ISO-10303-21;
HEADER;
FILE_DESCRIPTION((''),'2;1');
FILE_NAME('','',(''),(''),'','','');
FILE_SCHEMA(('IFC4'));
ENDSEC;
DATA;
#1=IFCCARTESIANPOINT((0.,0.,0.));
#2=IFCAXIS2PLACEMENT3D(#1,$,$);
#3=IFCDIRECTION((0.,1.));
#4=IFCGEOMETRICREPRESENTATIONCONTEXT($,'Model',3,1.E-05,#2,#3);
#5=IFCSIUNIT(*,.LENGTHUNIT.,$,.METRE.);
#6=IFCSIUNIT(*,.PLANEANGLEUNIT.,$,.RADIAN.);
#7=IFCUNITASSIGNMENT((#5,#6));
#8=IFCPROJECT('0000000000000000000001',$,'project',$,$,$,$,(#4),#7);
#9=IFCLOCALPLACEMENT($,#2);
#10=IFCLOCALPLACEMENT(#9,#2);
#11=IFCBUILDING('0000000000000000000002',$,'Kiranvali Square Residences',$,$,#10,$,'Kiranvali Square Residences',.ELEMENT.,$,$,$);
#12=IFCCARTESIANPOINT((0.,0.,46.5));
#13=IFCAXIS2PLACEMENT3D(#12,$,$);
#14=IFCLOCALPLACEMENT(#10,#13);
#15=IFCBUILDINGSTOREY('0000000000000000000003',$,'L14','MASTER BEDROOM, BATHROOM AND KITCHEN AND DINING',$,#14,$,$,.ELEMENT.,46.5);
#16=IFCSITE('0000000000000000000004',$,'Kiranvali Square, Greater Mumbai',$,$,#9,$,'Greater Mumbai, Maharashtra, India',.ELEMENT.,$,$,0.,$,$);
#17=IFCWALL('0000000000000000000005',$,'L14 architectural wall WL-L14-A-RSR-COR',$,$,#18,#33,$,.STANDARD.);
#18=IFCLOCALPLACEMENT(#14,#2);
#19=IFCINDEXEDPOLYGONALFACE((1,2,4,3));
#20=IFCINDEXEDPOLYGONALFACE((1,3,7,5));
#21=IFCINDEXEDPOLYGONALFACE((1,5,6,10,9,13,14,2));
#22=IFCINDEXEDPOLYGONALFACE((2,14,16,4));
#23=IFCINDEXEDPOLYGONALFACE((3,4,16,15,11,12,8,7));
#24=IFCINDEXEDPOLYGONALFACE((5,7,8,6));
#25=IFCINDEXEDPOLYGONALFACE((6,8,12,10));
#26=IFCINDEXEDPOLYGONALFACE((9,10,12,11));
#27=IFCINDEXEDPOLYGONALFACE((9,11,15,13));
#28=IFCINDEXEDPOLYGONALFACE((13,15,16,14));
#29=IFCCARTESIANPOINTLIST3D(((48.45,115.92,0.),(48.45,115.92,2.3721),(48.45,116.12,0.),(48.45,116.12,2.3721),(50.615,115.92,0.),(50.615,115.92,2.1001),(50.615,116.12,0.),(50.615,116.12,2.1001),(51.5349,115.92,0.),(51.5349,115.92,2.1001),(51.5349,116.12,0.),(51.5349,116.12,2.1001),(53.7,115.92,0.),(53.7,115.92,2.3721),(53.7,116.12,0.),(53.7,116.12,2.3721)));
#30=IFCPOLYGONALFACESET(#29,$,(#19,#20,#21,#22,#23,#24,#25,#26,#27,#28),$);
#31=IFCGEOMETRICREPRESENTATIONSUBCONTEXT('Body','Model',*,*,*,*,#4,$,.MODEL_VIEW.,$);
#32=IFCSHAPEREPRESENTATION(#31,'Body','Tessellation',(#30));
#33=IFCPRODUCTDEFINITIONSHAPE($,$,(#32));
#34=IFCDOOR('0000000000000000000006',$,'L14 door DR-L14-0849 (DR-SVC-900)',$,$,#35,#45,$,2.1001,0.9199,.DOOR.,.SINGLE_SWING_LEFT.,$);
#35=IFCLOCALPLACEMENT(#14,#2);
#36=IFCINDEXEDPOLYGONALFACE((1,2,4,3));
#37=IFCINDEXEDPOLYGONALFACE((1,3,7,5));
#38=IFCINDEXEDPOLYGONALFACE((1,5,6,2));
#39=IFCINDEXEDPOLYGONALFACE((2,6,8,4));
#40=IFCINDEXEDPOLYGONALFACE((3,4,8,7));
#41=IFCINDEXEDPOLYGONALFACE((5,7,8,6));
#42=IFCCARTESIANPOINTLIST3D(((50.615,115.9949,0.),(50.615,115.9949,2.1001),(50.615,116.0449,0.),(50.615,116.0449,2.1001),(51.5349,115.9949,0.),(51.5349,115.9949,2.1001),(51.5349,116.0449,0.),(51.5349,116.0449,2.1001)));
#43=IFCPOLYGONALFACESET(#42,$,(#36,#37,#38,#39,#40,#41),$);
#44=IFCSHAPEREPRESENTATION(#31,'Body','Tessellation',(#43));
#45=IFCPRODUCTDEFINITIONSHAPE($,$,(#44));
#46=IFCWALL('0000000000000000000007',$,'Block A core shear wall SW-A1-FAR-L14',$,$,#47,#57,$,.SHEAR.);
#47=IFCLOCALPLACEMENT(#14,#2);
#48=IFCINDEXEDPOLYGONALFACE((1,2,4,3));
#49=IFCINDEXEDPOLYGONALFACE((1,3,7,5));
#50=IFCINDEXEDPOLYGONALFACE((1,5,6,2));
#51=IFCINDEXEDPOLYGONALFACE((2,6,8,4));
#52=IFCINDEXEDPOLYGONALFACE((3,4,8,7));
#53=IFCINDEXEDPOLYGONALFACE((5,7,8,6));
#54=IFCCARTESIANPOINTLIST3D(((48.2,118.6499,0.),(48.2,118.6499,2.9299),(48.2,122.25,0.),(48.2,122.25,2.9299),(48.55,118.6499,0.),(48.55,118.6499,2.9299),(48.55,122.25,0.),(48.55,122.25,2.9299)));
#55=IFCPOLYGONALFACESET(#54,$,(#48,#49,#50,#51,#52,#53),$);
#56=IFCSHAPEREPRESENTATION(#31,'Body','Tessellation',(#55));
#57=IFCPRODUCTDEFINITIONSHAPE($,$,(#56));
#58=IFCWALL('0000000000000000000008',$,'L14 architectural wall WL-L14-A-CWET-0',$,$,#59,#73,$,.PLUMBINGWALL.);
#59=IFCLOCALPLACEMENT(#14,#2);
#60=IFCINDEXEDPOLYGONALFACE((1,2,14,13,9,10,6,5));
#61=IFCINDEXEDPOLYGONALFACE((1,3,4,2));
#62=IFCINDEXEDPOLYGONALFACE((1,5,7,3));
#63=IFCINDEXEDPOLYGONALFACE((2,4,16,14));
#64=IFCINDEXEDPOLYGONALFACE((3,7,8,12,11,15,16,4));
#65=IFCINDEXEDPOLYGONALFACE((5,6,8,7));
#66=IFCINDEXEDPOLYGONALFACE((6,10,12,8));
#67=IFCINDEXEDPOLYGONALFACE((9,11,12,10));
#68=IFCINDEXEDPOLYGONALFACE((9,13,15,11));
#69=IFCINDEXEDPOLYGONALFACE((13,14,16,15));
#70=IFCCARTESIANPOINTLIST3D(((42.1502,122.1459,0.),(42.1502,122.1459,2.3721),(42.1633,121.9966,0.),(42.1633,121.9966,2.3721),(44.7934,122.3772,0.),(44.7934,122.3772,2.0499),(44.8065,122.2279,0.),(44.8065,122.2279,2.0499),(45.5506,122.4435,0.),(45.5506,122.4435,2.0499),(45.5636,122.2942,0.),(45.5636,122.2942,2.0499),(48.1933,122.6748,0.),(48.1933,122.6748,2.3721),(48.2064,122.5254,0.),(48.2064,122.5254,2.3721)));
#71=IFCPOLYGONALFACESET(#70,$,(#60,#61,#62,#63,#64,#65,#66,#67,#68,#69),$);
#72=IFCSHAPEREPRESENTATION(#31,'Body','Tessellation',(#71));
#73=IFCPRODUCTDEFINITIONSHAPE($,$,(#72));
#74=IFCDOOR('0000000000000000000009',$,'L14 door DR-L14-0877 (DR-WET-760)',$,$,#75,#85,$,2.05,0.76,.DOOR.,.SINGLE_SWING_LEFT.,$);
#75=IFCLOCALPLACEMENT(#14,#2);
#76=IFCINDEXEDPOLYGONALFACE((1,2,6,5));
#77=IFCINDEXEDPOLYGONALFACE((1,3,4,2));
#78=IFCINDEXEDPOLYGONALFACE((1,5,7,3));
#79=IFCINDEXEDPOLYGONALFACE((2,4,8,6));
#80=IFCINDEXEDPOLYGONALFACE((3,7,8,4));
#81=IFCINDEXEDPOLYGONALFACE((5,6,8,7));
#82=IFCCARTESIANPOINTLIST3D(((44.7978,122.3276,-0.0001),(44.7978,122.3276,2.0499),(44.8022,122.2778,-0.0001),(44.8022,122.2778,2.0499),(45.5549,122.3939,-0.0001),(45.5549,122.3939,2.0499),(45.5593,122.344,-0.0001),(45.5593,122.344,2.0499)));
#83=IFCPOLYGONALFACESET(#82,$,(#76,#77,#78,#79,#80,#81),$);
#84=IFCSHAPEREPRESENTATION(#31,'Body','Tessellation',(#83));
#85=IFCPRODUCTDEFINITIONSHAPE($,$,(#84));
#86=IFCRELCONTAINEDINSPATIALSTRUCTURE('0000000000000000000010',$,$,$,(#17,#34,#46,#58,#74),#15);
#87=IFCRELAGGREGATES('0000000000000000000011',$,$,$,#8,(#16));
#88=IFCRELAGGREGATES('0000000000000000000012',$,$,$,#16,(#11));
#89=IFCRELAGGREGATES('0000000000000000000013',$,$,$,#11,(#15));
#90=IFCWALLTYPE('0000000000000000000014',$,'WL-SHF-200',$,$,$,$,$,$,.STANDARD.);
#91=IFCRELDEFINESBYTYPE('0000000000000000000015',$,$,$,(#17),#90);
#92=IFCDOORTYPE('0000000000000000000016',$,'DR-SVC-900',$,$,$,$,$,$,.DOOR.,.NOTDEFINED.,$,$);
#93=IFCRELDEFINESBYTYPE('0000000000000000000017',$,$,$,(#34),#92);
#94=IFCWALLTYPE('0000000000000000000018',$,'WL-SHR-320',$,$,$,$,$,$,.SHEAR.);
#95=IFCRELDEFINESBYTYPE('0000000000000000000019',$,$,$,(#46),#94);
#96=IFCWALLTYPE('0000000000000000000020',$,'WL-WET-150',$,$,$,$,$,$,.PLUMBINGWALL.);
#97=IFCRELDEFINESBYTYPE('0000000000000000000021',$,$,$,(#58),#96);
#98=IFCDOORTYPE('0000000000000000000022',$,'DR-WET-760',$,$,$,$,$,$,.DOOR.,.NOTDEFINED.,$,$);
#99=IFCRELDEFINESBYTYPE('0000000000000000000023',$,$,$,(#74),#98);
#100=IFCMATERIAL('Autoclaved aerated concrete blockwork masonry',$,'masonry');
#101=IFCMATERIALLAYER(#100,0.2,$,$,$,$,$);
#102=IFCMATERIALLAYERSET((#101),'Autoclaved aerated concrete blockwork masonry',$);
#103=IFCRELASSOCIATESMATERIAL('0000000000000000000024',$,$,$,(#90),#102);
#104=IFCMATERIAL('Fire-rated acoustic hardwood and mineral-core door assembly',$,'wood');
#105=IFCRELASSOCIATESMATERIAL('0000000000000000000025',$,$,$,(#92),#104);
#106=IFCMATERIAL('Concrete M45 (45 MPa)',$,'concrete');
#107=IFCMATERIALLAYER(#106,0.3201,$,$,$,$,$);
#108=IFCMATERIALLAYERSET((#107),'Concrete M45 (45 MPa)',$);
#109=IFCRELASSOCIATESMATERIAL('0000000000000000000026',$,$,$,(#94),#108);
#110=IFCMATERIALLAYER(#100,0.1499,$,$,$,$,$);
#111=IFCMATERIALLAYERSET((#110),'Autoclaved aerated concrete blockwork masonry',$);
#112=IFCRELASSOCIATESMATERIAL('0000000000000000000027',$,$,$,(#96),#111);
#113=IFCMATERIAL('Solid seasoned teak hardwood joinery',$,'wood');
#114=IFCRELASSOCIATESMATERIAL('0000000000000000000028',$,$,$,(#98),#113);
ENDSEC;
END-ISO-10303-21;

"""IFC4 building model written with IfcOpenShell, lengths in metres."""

from ifc_helpers import new_model, si_unit, direction, frame, frame_2d, origin, place, context, subcontext, project, spatial, rectangle, extrude, material, layer, layer_set, type_object, element, fill, save


model = new_model("IFC4")

# Units and contexts
model_context = context("Model", 3, precision=1e-05, world=origin(), true_north=direction((0.0, 1.0)))
body_context = subcontext(model_context, "Body", "Model", "MODEL_VIEW")
ifc_project = project(units=[si_unit("LENGTHUNIT", "METRE"), si_unit("PLANEANGLEUNIT", "RADIAN")], contexts=[model_context])

# Site, building, storey
site_placement = place(None, origin())
site = spatial("IfcSite", under=ifc_project, at=site_placement, Name="Kiranvali Square, Greater Mumbai", LongName="Greater Mumbai, Maharashtra, India", CompositionType="ELEMENT", RefElevation=0.0)
building_placement = place(site_placement, origin())
building = spatial("IfcBuilding", under=site, at=building_placement, Name="Kiranvali Square Residences", LongName="Kiranvali Square Residences", CompositionType="ELEMENT")
storey_placement = place(building_placement, frame((0.0, 0.0, 46.5)))
storey = spatial("IfcBuildingStorey", under=building, at=storey_placement, Name="L14", Description="MASTER BEDROOM, BATHROOM AND KITCHEN AND DINING", CompositionType="ELEMENT", Elevation=46.5)

# Shared definitions
ifc_material_1 = material(Name="Concrete M45 (45 MPa)", Category="concrete")

# Shared definitions
ifc_material_2 = material(Name="Autoclaved aerated concrete blockwork masonry", Category="masonry")
ifc_material_3 = material(Name="Fire-rated acoustic hardwood and mineral-core door assembly", Category="wood")

# Wall, opening, door
ifc_material_4 = material(Name="Solid seasoned teak hardwood joinery", Category="wood")
ifc_layer_1 = layer(ifc_material_2, 0.2)
ifc_layer_set_1 = layer_set([ifc_layer_1], Name="Autoclaved aerated concrete blockwork masonry")
wall_type_1 = type_object("IfcWallType", Name="WL-SHF-200", PredefinedType="STANDARD", material=ifc_layer_set_1)
wall_1_placement = place(storey_placement, frame((48.45, 116.02, 0.0), z_axis=(0.0, 0.0, 1.0), x_axis=(1.0, 0.0, 0.0)))
wall_1 = element("IfcWall", 1, at=wall_1_placement, inside=storey, type_object=wall_type_1, Name="L14 architectural wall WL-L14-A-RSR-COR", PredefinedType="STANDARD", context=body_context, shape_type="SweptSolid", body=[
    extrude(rectangle(XDim=5.25, YDim=0.2, at=frame_2d((2.625, 0.0))), origin(), (0.0, 0.0, 1.0), 2.3721),
])
opening_1_placement = place(wall_1_placement, frame((2.165, 0.0, 0.0)))
opening_1 = element("IfcOpeningElement", 2, at=opening_1_placement, cuts=wall_1, PredefinedType="OPENING", context=body_context, shape_type="SweptSolid", body=[
    extrude(rectangle(XDim=0.9199, YDim=2.1001, at=frame_2d((0.46, 1.05))), frame((0.0, 0.1099, 0.0), z_axis=(0.0, -1.0, 0.0), x_axis=(1.0, 0.0, 0.0)), (0.0, 0.0, 1.0), 0.22),
])
door_type_1 = type_object("IfcDoorType", Name="DR-SVC-900", OperationType="NOTDEFINED", PredefinedType="DOOR", material=ifc_material_3)
door_1_placement = place(opening_1_placement, origin())
door_1 = element("IfcDoor", 3, at=door_1_placement, inside=storey, type_object=door_type_1, Name="L14 door DR-L14-0849 (DR-SVC-900)", OperationType="SINGLE_SWING_LEFT", OverallHeight=2.1001, OverallWidth=0.9199, PredefinedType="DOOR", context=body_context, shape_type="SweptSolid", body=[
    extrude(rectangle(XDim=0.9199, YDim=2.1001, at=frame_2d((0.46, 1.05))), frame((0.0, 0.0249, 0.0), z_axis=(0.0, -1.0, 0.0), x_axis=(1.0, 0.0, 0.0)), (0.0, 0.0, 1.0), 0.05),
])
fill(opening_1, door_1)
ifc_layer_2 = layer(ifc_material_1, 0.3201)
ifc_layer_set_2 = layer_set([ifc_layer_2], Name="Concrete M45 (45 MPa)")
wall_type_2 = type_object("IfcWallType", Name="WL-SHR-320", PredefinedType="SHEAR", material=ifc_layer_set_2)

# Wall
wall_2_placement = place(storey_placement, frame((48.375, 118.6499, 0.0), z_axis=(0.0, 0.0, 1.0), x_axis=(0.0, 1.0, 0.0)))
element("IfcWall", 4, at=wall_2_placement, inside=storey, type_object=wall_type_2, Name="Block A core shear wall SW-A1-FAR-L14", PredefinedType="SHEAR", context=body_context, shape_type="SweptSolid", body=[
    extrude(rectangle(XDim=3.6001, YDim=0.3501, at=frame_2d((1.8, 0.0))), origin(), (0.0, 0.0, 1.0), 2.9299),
])

# Wall, opening, door
ifc_layer_3 = layer(ifc_material_2, 0.1499)
ifc_layer_set_3 = layer_set([ifc_layer_3], Name="Autoclaved aerated concrete blockwork masonry")
wall_type_3 = type_object("IfcWallType", Name="WL-WET-150", PredefinedType="PLUMBINGWALL", material=ifc_layer_set_3)
wall_3_placement = place(storey_placement, frame((48.2, 122.6001, 0.0), z_axis=(0.0, 0.0, 1.0), x_axis=(-0.996193, -0.087175, 0.0)))
wall_3 = element("IfcWall", 5, at=wall_3_placement, inside=storey, type_object=wall_type_3, Name="L14 architectural wall WL-L14-A-CWET-0", PredefinedType="PLUMBINGWALL", context=body_context, shape_type="SweptSolid", body=[
    extrude(rectangle(XDim=6.0662, YDim=0.1499, at=frame_2d((3.0332, 0.0))), origin(), (0.0, 0.0, 1.0), 2.3721),
])
opening_2_placement = place(wall_3_placement, frame((2.6531, 0.0, 0.0)))
opening_2 = element("IfcOpeningElement", 6, at=opening_2_placement, cuts=wall_3, PredefinedType="OPENING", context=body_context, shape_type="SweptSolid", body=[
    extrude(rectangle(XDim=0.76, YDim=2.05, at=frame_2d((0.3799, 1.0249))), frame((0.0, 0.085, 0.0), z_axis=(0.0, -1.0, 0.0), x_axis=(1.0, 0.0, 0.0)), (0.0, 0.0, 1.0), 0.1699),
])
door_type_2 = type_object("IfcDoorType", Name="DR-WET-760", OperationType="NOTDEFINED", PredefinedType="DOOR", material=ifc_material_4)
door_2_placement = place(opening_2_placement, origin())
door_2 = element("IfcDoor", 7, at=door_2_placement, inside=storey, type_object=door_type_2, Name="L14 door DR-L14-0877 (DR-WET-760)", OperationType="SINGLE_SWING_LEFT", OverallHeight=2.05, OverallWidth=0.76, PredefinedType="DOOR", context=body_context, shape_type="SweptSolid", body=[
    extrude(rectangle(XDim=0.76, YDim=2.05, at=frame_2d((0.3799, 1.0249))), frame((0.0, 0.0249, 0.0), z_axis=(0.0, -1.0, 0.0), x_axis=(1.0, 0.0, 0.0)), (0.0, 0.0, 1.0), 0.05),
])
fill(opening_2, door_2)

save(model, "model.ifc")
